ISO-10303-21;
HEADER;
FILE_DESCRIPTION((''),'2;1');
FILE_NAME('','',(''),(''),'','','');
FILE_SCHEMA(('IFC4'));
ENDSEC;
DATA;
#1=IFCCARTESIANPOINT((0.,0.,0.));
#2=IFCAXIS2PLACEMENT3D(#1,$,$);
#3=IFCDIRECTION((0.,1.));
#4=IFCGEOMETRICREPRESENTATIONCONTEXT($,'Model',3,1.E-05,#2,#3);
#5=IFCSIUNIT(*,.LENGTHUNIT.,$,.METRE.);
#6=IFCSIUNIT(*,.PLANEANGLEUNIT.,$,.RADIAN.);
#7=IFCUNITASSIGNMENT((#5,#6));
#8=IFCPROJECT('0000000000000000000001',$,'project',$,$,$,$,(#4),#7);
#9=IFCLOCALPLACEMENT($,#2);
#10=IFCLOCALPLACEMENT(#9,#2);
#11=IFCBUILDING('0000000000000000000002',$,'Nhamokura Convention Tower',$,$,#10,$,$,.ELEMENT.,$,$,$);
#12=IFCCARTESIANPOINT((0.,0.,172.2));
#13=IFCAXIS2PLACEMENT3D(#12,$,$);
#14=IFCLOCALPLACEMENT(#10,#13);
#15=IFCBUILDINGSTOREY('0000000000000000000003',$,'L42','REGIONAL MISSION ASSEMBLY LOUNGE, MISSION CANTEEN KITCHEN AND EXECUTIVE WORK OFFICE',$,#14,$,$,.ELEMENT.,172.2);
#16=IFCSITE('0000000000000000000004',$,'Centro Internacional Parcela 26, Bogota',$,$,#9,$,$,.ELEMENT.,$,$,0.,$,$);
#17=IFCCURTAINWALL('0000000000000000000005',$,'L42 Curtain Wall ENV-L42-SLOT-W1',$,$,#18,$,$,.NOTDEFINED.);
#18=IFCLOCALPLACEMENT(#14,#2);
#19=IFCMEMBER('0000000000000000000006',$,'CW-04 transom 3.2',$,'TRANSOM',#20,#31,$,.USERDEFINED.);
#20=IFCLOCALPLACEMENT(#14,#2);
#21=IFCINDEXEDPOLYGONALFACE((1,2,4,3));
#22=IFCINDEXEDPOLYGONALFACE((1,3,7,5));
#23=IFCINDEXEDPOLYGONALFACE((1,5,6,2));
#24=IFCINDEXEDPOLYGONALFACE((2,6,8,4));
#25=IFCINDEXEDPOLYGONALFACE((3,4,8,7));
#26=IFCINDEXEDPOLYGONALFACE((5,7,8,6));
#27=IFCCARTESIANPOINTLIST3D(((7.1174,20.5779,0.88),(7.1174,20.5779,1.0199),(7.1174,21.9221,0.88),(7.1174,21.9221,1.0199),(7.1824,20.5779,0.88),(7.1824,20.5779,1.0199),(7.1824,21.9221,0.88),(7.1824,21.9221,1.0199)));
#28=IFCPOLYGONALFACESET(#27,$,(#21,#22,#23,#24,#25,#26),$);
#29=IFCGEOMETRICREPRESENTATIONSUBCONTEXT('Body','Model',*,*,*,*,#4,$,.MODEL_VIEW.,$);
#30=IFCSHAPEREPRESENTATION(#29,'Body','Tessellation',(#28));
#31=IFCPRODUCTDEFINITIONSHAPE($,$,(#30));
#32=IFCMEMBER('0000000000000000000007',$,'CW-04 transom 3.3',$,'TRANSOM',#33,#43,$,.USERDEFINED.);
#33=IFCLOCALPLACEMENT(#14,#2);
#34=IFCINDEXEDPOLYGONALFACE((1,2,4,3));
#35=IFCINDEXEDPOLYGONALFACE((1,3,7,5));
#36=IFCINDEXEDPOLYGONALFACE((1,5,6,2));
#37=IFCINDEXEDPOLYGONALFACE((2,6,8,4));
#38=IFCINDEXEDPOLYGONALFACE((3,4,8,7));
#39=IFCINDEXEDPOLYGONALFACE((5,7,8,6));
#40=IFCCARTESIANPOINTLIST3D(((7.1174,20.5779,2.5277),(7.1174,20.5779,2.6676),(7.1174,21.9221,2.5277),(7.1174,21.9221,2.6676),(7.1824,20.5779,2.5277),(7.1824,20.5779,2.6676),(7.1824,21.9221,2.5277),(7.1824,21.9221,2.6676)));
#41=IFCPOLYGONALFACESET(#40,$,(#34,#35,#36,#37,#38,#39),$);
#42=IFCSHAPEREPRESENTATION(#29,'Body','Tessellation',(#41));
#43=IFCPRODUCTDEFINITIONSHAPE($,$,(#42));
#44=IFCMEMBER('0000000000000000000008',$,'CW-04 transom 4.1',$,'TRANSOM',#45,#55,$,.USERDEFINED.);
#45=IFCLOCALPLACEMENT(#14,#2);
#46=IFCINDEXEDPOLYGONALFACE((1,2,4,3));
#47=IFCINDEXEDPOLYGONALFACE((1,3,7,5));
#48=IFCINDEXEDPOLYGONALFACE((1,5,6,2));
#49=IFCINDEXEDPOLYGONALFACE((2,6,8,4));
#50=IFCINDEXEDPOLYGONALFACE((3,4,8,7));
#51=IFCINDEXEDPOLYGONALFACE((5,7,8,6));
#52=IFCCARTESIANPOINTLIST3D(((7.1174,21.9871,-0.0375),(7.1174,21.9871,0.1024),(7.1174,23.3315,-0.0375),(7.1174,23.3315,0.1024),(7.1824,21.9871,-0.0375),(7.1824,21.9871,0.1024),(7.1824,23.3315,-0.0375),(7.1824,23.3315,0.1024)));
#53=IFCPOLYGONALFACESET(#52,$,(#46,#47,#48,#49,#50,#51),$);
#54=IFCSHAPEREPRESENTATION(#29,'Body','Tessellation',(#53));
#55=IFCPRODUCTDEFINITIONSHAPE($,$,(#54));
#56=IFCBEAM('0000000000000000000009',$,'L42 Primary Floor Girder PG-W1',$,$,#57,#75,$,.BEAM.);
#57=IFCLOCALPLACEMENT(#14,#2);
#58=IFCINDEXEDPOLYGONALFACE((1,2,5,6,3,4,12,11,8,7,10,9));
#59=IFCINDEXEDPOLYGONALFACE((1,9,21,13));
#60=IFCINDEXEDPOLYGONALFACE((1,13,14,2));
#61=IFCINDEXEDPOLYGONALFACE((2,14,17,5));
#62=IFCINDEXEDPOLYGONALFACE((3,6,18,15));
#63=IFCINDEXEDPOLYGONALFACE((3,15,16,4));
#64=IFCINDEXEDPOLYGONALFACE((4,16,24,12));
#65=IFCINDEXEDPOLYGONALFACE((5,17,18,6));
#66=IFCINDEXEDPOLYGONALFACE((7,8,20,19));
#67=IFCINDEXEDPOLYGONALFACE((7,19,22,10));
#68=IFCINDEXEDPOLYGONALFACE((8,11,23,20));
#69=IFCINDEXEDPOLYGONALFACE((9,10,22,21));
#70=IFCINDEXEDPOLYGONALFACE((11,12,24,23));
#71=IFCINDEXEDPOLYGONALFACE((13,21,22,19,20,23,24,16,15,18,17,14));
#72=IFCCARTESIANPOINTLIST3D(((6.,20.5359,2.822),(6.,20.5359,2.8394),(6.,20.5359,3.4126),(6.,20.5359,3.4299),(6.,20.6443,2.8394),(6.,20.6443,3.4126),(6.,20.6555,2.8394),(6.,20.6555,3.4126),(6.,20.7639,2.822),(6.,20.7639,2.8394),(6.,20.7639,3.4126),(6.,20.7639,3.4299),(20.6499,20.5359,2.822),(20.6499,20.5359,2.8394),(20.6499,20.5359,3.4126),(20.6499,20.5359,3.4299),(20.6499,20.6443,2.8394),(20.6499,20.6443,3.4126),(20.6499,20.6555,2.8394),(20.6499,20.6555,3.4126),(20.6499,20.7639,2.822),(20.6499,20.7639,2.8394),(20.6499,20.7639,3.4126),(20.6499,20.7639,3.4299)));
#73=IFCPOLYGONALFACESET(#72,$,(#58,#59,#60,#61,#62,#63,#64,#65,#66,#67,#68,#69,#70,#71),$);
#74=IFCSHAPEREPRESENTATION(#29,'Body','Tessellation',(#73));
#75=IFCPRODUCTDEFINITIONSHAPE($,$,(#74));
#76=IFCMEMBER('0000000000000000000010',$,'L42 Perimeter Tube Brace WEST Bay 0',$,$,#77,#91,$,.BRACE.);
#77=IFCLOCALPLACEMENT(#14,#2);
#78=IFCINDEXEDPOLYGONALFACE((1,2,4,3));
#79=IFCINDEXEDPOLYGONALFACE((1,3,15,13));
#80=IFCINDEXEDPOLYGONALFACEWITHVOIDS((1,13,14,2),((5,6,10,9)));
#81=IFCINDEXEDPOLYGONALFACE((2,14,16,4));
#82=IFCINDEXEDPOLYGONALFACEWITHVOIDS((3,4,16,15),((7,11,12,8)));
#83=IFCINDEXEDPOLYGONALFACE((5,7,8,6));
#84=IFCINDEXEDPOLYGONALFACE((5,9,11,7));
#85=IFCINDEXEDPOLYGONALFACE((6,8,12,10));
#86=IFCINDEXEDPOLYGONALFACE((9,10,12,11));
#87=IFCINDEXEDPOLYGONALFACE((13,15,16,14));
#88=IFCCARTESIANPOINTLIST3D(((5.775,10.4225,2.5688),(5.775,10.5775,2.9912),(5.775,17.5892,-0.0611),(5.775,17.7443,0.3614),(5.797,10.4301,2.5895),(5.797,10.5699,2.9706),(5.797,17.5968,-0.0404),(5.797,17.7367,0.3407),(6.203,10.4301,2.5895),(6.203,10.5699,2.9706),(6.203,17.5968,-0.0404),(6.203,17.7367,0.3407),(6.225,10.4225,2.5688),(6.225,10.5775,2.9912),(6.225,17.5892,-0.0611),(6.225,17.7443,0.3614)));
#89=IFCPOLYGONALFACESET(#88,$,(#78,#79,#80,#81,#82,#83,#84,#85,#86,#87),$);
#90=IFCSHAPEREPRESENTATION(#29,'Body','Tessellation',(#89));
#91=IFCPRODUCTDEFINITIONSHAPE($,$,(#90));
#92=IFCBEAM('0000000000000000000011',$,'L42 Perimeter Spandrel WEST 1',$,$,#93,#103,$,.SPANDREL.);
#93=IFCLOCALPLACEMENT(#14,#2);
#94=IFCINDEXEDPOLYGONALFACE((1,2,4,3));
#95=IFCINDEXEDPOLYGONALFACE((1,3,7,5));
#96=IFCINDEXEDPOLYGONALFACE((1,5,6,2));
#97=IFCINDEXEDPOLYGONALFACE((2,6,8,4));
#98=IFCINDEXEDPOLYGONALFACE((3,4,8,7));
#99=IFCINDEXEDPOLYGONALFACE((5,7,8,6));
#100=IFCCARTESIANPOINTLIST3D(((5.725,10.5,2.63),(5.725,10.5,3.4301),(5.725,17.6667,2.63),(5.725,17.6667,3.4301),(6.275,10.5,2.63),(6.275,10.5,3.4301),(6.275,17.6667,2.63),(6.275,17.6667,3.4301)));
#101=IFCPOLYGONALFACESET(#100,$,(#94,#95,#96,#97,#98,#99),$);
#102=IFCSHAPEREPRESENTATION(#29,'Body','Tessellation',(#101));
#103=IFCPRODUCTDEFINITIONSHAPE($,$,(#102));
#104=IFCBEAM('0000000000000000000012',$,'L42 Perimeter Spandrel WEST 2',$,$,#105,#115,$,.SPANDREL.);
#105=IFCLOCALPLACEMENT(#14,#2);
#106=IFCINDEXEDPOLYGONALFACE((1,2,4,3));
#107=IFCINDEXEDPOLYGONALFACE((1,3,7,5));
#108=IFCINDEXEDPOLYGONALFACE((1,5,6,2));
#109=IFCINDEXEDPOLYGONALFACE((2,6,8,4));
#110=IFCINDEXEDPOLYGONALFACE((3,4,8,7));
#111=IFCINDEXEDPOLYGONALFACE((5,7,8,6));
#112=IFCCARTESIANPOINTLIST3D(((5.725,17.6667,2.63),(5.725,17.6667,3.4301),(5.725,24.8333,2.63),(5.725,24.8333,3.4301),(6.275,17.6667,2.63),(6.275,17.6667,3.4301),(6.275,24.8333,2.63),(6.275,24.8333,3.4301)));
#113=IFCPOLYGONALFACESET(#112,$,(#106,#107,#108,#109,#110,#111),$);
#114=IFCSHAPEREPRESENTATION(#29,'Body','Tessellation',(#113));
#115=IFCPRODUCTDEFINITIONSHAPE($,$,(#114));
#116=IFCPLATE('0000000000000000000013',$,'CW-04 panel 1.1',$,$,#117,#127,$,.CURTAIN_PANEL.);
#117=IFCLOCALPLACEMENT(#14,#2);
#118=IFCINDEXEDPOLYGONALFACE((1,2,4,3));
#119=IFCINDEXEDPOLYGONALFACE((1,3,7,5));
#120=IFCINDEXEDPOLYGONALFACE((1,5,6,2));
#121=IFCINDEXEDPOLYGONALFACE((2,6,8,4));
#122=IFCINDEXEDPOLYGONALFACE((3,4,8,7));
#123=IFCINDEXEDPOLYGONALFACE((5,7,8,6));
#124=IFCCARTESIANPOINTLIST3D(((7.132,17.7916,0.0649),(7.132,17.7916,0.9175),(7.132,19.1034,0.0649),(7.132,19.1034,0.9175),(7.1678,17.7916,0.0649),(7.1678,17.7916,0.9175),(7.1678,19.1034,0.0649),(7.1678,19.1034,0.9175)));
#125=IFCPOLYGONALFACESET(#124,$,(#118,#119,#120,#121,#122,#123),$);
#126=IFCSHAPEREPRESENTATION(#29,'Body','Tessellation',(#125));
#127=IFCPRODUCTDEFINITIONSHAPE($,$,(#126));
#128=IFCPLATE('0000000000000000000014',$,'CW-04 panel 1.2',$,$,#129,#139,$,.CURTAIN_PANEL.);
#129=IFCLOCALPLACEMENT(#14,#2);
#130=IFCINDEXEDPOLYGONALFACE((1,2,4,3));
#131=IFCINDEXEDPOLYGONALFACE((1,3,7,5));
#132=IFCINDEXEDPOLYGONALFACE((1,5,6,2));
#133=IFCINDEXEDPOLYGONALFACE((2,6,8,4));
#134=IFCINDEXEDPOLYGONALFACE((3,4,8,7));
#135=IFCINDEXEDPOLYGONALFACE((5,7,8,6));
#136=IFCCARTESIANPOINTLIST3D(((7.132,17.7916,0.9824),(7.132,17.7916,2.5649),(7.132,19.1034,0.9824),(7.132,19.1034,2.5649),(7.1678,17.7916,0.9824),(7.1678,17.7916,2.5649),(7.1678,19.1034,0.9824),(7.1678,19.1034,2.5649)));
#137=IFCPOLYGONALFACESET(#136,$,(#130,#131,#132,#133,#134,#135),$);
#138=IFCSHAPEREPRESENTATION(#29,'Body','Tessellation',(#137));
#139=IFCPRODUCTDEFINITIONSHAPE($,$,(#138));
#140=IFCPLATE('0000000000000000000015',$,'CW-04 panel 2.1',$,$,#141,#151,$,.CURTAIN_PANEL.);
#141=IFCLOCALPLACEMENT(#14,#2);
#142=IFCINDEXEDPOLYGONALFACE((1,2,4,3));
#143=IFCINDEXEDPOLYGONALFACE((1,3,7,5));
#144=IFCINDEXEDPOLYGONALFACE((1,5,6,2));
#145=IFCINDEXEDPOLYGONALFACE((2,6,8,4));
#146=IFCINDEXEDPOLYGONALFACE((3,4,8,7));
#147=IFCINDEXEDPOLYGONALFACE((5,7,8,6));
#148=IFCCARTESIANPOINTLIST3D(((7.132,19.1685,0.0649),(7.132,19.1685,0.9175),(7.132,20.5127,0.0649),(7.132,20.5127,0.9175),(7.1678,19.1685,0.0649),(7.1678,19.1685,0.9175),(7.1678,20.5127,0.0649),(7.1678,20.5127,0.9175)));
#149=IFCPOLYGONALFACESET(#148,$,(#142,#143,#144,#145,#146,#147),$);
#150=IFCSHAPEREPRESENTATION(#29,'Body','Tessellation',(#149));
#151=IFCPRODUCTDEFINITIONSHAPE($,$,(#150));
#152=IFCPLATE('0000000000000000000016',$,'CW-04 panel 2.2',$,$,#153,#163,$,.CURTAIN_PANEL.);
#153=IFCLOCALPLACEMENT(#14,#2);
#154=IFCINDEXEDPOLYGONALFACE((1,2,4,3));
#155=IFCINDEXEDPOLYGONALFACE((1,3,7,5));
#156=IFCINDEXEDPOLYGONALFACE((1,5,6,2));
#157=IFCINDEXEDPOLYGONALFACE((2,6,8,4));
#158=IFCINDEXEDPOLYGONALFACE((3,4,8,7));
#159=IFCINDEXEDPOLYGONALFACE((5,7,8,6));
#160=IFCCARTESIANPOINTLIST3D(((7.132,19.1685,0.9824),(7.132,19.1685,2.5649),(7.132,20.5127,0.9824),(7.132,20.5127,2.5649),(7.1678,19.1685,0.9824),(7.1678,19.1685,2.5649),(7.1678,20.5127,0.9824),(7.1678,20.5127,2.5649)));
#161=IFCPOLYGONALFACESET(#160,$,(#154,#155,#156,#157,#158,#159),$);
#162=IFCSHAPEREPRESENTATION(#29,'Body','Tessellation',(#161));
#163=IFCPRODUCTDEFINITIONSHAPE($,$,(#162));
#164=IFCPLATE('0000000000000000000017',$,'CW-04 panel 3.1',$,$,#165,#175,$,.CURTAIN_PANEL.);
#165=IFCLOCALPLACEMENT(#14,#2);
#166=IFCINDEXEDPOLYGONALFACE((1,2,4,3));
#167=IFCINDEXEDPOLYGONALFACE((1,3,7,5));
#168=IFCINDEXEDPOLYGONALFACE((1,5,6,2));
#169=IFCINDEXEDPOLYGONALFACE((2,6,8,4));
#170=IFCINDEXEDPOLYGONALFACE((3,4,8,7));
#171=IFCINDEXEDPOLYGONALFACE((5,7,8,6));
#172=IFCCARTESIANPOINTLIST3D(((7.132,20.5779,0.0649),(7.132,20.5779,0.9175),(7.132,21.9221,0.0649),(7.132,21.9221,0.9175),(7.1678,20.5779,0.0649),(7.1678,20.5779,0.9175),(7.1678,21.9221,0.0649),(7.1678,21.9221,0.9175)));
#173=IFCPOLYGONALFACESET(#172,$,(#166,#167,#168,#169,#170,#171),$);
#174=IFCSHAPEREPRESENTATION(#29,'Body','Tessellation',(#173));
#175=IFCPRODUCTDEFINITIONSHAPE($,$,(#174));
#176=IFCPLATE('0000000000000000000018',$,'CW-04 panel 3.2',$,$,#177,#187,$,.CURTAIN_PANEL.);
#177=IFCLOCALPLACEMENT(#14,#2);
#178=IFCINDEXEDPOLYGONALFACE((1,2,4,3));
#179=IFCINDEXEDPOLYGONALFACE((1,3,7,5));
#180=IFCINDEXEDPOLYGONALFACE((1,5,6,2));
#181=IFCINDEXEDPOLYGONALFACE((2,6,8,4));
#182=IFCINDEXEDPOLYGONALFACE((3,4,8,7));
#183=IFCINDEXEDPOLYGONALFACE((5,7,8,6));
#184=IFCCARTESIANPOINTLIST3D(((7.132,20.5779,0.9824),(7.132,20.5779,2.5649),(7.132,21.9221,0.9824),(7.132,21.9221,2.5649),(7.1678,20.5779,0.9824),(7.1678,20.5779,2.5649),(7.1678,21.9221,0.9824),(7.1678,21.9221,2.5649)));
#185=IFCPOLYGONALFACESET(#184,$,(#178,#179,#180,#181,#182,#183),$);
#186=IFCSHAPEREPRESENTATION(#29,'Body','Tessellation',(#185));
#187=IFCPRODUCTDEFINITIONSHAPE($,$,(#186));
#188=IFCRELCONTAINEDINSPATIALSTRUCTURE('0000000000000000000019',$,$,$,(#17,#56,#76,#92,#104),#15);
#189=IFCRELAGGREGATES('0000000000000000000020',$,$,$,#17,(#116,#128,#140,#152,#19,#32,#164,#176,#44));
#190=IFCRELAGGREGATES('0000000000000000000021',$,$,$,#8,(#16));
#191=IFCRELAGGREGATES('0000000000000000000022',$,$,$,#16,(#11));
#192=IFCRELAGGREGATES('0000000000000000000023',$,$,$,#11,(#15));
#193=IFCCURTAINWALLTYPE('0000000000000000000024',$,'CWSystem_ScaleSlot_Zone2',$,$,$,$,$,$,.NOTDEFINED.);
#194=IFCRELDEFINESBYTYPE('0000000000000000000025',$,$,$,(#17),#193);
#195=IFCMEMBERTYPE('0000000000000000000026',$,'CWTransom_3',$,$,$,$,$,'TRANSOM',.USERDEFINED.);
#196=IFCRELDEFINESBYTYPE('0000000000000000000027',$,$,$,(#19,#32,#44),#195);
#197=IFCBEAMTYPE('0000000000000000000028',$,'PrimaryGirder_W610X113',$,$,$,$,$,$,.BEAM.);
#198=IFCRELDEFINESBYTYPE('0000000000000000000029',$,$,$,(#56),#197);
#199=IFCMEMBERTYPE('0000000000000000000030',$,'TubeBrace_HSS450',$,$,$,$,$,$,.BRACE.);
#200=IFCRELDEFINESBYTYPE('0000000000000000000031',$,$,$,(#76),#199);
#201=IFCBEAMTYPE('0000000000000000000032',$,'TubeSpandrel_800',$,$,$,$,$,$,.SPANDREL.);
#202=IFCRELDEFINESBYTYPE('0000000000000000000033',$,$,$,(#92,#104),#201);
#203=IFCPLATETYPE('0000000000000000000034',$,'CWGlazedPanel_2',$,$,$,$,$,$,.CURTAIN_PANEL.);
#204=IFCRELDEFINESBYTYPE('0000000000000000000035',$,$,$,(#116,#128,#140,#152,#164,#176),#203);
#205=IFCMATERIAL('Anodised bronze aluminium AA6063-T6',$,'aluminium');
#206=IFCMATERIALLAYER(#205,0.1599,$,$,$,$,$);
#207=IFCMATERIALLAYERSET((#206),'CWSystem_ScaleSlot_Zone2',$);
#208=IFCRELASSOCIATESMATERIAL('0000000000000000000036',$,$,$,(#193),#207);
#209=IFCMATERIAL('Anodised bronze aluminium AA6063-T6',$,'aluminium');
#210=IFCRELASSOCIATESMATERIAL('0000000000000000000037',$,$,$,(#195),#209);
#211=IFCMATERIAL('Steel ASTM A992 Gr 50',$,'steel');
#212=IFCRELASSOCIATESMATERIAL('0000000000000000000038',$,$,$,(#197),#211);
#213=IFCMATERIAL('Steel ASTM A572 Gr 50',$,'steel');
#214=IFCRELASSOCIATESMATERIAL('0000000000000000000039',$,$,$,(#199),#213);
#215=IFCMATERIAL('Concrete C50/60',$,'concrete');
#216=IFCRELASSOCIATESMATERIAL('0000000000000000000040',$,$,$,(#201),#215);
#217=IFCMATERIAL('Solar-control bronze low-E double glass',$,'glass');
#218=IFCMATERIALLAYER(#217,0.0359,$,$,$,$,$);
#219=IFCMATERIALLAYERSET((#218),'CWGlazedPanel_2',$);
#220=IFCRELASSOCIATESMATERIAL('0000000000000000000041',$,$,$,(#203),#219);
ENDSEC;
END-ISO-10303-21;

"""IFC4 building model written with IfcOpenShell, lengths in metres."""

from ifc_helpers import new_model, si_unit, direction, frame, origin, origin_2d, place, context, subcontext, project, spatial, rectangle, hollow_rectangle, i_section, extrude, material, layer, layer_set, material_profile, profile_set, type_object, element, aggregate, save


model = new_model("IFC4")

# Units and contexts
model_context = context("Model", 3, precision=1e-05, world=origin(), true_north=direction((0.0, 1.0)))
body_context = subcontext(model_context, "Body", "Model", "MODEL_VIEW")
ifc_project = project(units=[si_unit("LENGTHUNIT", "METRE"), si_unit("PLANEANGLEUNIT", "RADIAN")], contexts=[model_context])

# Site, building, storey
site_placement = place(None, origin())
site = spatial("IfcSite", under=ifc_project, at=site_placement, Name="Centro Internacional Parcela 26, Bogota", CompositionType="ELEMENT", RefElevation=0.0)
building_placement = place(site_placement, origin())
building = spatial("IfcBuilding", under=site, at=building_placement, Name="Nhamokura Convention Tower", CompositionType="ELEMENT")
storey_placement = place(building_placement, frame((0.0, 0.0, 172.2)))
storey = spatial("IfcBuildingStorey", under=building, at=storey_placement, Name="L42", Description="REGIONAL MISSION ASSEMBLY LOUNGE, MISSION CANTEEN KITCHEN AND EXECUTIVE WORK OFFICE", CompositionType="ELEMENT", Elevation=172.2)

# Curtain wall, members
ifc_material_1 = material(Name="Anodised bronze aluminium AA6063-T6", Category="aluminium")
ifc_layer_1 = layer(ifc_material_1, 0.1599)
ifc_layer_set_1 = layer_set([ifc_layer_1], Name="CWSystem_ScaleSlot_Zone2")
curtain_wall_type = type_object("IfcCurtainWallType", Name="CWSystem_ScaleSlot_Zone2", PredefinedType="NOTDEFINED", material=ifc_layer_set_1)
curtain_wall_placement = place(storey_placement, origin())
curtain_wall = element("IfcCurtainWall", 1, at=curtain_wall_placement, inside=storey, type_object=curtain_wall_type, Name="L42 Curtain Wall ENV-L42-SLOT-W1", PredefinedType="NOTDEFINED")
ifc_material_2 = material(Name="Anodised bronze aluminium AA6063-T6", Category="aluminium")
ifc_material_profile_1 = material_profile(ifc_material_2, rectangle(XDim=0.0649, YDim=0.1399, at=origin_2d()))
ifc_profile_set_1 = profile_set([ifc_material_profile_1], Name="Anodised bronze aluminium AA6063-T6")
member_type_1 = type_object("IfcMemberType", Name="CWTransom_3", ElementType="TRANSOM", PredefinedType="USERDEFINED", material=ifc_profile_set_1)
member_1_placement = place(storey_placement, frame((7.1499, 20.5779, 0.95), z_axis=(0.0, 1.0, 0.0), x_axis=(-1.0, 0.0, 0.0)))
member_1 = element("IfcMember", 2, at=member_1_placement, type_object=member_type_1, Name="CW-04 transom 3.2", ObjectType="TRANSOM", PredefinedType="USERDEFINED", context=body_context, shape_type="SweptSolid", body=[
    extrude(rectangle(XDim=0.0649, YDim=0.1399, at=origin_2d()), origin(), (0.0, 0.0, 1.0), 1.3442),
])
member_2_placement = place(storey_placement, frame((7.1499, 20.5779, 2.5977), z_axis=(0.0, 1.0, 0.0), x_axis=(-1.0, 0.0, 0.0)))
member_2 = element("IfcMember", 3, at=member_2_placement, type_object=member_type_1, Name="CW-04 transom 3.3", ObjectType="TRANSOM", PredefinedType="USERDEFINED", context=body_context, shape_type="SweptSolid", body=[
    extrude(rectangle(XDim=0.0649, YDim=0.1399, at=origin_2d()), origin(), (0.0, 0.0, 1.0), 1.3442),
])
member_3_placement = place(storey_placement, frame((7.1499, 21.9871, 0.0325), z_axis=(0.0, 1.0, 0.0), x_axis=(-1.0, 0.0, 0.0)))
member_3 = element("IfcMember", 4, at=member_3_placement, type_object=member_type_1, Name="CW-04 transom 4.1", ObjectType="TRANSOM", PredefinedType="USERDEFINED", context=body_context, shape_type="SweptSolid", body=[
    extrude(rectangle(XDim=0.0649, YDim=0.1399, at=origin_2d()), origin(), (0.0, 0.0, 1.0), 1.3445),
])

# Beam
ifc_material_3 = material(Name="Steel ASTM A992 Gr 50", Category="steel")
ifc_material_profile_2 = material_profile(ifc_material_3, i_section(OverallWidth=0.228, OverallDepth=0.6079, WebThickness=0.0112, FlangeThickness=0.0173, at=origin_2d()))
ifc_profile_set_2 = profile_set([ifc_material_profile_2], Name="Steel ASTM A992 Gr 50")
beam_type_1 = type_object("IfcBeamType", Name="PrimaryGirder_W610X113", PredefinedType="BEAM", material=ifc_profile_set_2)
beam_1_placement = place(storey_placement, frame((6.0, 20.6499, 3.126), z_axis=(1.0, 0.0, 0.0), x_axis=(0.0, 1.0, 0.0)))
element("IfcBeam", 5, at=beam_1_placement, inside=storey, type_object=beam_type_1, Name="L42 Primary Floor Girder PG-W1", PredefinedType="BEAM", context=body_context, shape_type="SweptSolid", body=[
    extrude(i_section(OverallWidth=0.228, OverallDepth=0.6079, WebThickness=0.0112, FlangeThickness=0.0173, at=origin_2d()), origin(), (0.0, 0.0, 1.0), 14.6499),
])

# Member
ifc_material_4 = material(Name="Steel ASTM A572 Gr 50", Category="steel")
ifc_material_profile_3 = material_profile(ifc_material_4, hollow_rectangle(XDim=0.45, YDim=0.45, WallThickness=0.022, at=origin_2d()))
ifc_profile_set_3 = profile_set([ifc_material_profile_3], Name="Steel ASTM A572 Gr 50")
member_type_2 = type_object("IfcMemberType", Name="TubeBrace_HSS450", PredefinedType="BRACE", material=ifc_profile_set_3)
member_4_placement = place(storey_placement, frame((6.0, 17.6667, 0.1501), z_axis=(0.0, -0.938788, 0.344494), x_axis=(1.0, 0.0, 0.0)))
element("IfcMember", 6, at=member_4_placement, inside=storey, type_object=member_type_2, Name="L42 Perimeter Tube Brace WEST Bay 0", PredefinedType="BRACE", context=body_context, shape_type="SweptSolid", body=[
    extrude(hollow_rectangle(XDim=0.45, YDim=0.45, WallThickness=0.022, at=origin_2d()), origin(), (0.0, 0.0, 1.0), 7.634),
])

# Beams
ifc_material_5 = material(Name="Concrete C50/60", Category="concrete")
ifc_material_profile_4 = material_profile(ifc_material_5, rectangle(XDim=0.55, YDim=0.8, at=origin_2d()))
ifc_profile_set_4 = profile_set([ifc_material_profile_4], Name="Concrete C50/60")
beam_type_2 = type_object("IfcBeamType", Name="TubeSpandrel_800", PredefinedType="SPANDREL", material=ifc_profile_set_4)
beam_2_placement = place(storey_placement, frame((6.0, 10.5, 3.03), z_axis=(0.0, 1.0, 0.0), x_axis=(-1.0, 0.0, 0.0)))
element("IfcBeam", 7, at=beam_2_placement, inside=storey, type_object=beam_type_2, Name="L42 Perimeter Spandrel WEST 1", PredefinedType="SPANDREL", context=body_context, shape_type="SweptSolid", body=[
    extrude(rectangle(XDim=0.55, YDim=0.8, at=origin_2d()), origin(), (0.0, 0.0, 1.0), 7.1667),
])
beam_3_placement = place(storey_placement, frame((6.0, 17.6667, 3.03), z_axis=(0.0, 1.0, 0.0), x_axis=(-1.0, 0.0, 0.0)))
element("IfcBeam", 8, at=beam_3_placement, inside=storey, type_object=beam_type_2, Name="L42 Perimeter Spandrel WEST 2", PredefinedType="SPANDREL", context=body_context, shape_type="SweptSolid", body=[
    extrude(rectangle(XDim=0.55, YDim=0.8, at=origin_2d()), origin(), (0.0, 0.0, 1.0), 7.1665),
])

# Plates
ifc_material_6 = material(Name="Solar-control bronze low-E double glass", Category="glass")
ifc_layer_2 = layer(ifc_material_6, 0.0359)
ifc_layer_set_2 = layer_set([ifc_layer_2], Name="CWGlazedPanel_2")
plate_type = type_object("IfcPlateType", Name="CWGlazedPanel_2", PredefinedType="CURTAIN_PANEL", material=ifc_layer_set_2)
plate_1_placement = place(storey_placement, frame((7.1499, 18.4475, 0.0649), z_axis=(0.0, 0.0, 1.0), x_axis=(0.0, 1.0, 0.0)))
plate_1 = element("IfcPlate", 9, at=plate_1_placement, type_object=plate_type, Name="CW-04 panel 1.1", PredefinedType="CURTAIN_PANEL", context=body_context, shape_type="SweptSolid", body=[
    extrude(rectangle(XDim=1.3118, YDim=0.0359, at=origin_2d()), origin(), (0.0, 0.0, 1.0), 0.8525),
])
plate_2_placement = place(storey_placement, frame((7.1499, 18.4475, 0.9824), z_axis=(0.0, 0.0, 1.0), x_axis=(0.0, 1.0, 0.0)))
plate_2 = element("IfcPlate", 10, at=plate_2_placement, type_object=plate_type, Name="CW-04 panel 1.2", PredefinedType="CURTAIN_PANEL", context=body_context, shape_type="SweptSolid", body=[
    extrude(rectangle(XDim=1.3118, YDim=0.0359, at=origin_2d()), origin(), (0.0, 0.0, 1.0), 1.5825),
])
plate_3_placement = place(storey_placement, frame((7.1499, 19.8406, 0.0649), z_axis=(0.0, 0.0, 1.0), x_axis=(0.0, 1.0, 0.0)))
plate_3 = element("IfcPlate", 11, at=plate_3_placement, type_object=plate_type, Name="CW-04 panel 2.1", PredefinedType="CURTAIN_PANEL", context=body_context, shape_type="SweptSolid", body=[
    extrude(rectangle(XDim=1.3442, YDim=0.0359, at=origin_2d()), origin(), (0.0, 0.0, 1.0), 0.8525),
])
plate_4_placement = place(storey_placement, frame((7.1499, 19.8406, 0.9824), z_axis=(0.0, 0.0, 1.0), x_axis=(0.0, 1.0, 0.0)))
plate_4 = element("IfcPlate", 12, at=plate_4_placement, type_object=plate_type, Name="CW-04 panel 2.2", PredefinedType="CURTAIN_PANEL", context=body_context, shape_type="SweptSolid", body=[
    extrude(rectangle(XDim=1.3442, YDim=0.0359, at=origin_2d()), origin(), (0.0, 0.0, 1.0), 1.5825),
])
plate_5_placement = place(storey_placement, frame((7.1499, 21.25, 0.0649), z_axis=(0.0, 0.0, 1.0), x_axis=(0.0, 1.0, 0.0)))
plate_5 = element("IfcPlate", 13, at=plate_5_placement, type_object=plate_type, Name="CW-04 panel 3.1", PredefinedType="CURTAIN_PANEL", context=body_context, shape_type="SweptSolid", body=[
    extrude(rectangle(XDim=1.3442, YDim=0.0359, at=origin_2d()), origin(), (0.0, 0.0, 1.0), 0.8525),
])
plate_6_placement = place(storey_placement, frame((7.1499, 21.25, 0.9824), z_axis=(0.0, 0.0, 1.0), x_axis=(0.0, 1.0, 0.0)))
plate_6 = element("IfcPlate", 14, at=plate_6_placement, type_object=plate_type, Name="CW-04 panel 3.2", PredefinedType="CURTAIN_PANEL", context=body_context, shape_type="SweptSolid", body=[
    extrude(rectangle(XDim=1.3442, YDim=0.0359, at=origin_2d()), origin(), (0.0, 0.0, 1.0), 1.5825),
])
aggregate(curtain_wall, [plate_1, plate_2, plate_3, plate_4, member_1, member_2, plate_5, plate_6, member_3])

save(model, "model.ifc")
